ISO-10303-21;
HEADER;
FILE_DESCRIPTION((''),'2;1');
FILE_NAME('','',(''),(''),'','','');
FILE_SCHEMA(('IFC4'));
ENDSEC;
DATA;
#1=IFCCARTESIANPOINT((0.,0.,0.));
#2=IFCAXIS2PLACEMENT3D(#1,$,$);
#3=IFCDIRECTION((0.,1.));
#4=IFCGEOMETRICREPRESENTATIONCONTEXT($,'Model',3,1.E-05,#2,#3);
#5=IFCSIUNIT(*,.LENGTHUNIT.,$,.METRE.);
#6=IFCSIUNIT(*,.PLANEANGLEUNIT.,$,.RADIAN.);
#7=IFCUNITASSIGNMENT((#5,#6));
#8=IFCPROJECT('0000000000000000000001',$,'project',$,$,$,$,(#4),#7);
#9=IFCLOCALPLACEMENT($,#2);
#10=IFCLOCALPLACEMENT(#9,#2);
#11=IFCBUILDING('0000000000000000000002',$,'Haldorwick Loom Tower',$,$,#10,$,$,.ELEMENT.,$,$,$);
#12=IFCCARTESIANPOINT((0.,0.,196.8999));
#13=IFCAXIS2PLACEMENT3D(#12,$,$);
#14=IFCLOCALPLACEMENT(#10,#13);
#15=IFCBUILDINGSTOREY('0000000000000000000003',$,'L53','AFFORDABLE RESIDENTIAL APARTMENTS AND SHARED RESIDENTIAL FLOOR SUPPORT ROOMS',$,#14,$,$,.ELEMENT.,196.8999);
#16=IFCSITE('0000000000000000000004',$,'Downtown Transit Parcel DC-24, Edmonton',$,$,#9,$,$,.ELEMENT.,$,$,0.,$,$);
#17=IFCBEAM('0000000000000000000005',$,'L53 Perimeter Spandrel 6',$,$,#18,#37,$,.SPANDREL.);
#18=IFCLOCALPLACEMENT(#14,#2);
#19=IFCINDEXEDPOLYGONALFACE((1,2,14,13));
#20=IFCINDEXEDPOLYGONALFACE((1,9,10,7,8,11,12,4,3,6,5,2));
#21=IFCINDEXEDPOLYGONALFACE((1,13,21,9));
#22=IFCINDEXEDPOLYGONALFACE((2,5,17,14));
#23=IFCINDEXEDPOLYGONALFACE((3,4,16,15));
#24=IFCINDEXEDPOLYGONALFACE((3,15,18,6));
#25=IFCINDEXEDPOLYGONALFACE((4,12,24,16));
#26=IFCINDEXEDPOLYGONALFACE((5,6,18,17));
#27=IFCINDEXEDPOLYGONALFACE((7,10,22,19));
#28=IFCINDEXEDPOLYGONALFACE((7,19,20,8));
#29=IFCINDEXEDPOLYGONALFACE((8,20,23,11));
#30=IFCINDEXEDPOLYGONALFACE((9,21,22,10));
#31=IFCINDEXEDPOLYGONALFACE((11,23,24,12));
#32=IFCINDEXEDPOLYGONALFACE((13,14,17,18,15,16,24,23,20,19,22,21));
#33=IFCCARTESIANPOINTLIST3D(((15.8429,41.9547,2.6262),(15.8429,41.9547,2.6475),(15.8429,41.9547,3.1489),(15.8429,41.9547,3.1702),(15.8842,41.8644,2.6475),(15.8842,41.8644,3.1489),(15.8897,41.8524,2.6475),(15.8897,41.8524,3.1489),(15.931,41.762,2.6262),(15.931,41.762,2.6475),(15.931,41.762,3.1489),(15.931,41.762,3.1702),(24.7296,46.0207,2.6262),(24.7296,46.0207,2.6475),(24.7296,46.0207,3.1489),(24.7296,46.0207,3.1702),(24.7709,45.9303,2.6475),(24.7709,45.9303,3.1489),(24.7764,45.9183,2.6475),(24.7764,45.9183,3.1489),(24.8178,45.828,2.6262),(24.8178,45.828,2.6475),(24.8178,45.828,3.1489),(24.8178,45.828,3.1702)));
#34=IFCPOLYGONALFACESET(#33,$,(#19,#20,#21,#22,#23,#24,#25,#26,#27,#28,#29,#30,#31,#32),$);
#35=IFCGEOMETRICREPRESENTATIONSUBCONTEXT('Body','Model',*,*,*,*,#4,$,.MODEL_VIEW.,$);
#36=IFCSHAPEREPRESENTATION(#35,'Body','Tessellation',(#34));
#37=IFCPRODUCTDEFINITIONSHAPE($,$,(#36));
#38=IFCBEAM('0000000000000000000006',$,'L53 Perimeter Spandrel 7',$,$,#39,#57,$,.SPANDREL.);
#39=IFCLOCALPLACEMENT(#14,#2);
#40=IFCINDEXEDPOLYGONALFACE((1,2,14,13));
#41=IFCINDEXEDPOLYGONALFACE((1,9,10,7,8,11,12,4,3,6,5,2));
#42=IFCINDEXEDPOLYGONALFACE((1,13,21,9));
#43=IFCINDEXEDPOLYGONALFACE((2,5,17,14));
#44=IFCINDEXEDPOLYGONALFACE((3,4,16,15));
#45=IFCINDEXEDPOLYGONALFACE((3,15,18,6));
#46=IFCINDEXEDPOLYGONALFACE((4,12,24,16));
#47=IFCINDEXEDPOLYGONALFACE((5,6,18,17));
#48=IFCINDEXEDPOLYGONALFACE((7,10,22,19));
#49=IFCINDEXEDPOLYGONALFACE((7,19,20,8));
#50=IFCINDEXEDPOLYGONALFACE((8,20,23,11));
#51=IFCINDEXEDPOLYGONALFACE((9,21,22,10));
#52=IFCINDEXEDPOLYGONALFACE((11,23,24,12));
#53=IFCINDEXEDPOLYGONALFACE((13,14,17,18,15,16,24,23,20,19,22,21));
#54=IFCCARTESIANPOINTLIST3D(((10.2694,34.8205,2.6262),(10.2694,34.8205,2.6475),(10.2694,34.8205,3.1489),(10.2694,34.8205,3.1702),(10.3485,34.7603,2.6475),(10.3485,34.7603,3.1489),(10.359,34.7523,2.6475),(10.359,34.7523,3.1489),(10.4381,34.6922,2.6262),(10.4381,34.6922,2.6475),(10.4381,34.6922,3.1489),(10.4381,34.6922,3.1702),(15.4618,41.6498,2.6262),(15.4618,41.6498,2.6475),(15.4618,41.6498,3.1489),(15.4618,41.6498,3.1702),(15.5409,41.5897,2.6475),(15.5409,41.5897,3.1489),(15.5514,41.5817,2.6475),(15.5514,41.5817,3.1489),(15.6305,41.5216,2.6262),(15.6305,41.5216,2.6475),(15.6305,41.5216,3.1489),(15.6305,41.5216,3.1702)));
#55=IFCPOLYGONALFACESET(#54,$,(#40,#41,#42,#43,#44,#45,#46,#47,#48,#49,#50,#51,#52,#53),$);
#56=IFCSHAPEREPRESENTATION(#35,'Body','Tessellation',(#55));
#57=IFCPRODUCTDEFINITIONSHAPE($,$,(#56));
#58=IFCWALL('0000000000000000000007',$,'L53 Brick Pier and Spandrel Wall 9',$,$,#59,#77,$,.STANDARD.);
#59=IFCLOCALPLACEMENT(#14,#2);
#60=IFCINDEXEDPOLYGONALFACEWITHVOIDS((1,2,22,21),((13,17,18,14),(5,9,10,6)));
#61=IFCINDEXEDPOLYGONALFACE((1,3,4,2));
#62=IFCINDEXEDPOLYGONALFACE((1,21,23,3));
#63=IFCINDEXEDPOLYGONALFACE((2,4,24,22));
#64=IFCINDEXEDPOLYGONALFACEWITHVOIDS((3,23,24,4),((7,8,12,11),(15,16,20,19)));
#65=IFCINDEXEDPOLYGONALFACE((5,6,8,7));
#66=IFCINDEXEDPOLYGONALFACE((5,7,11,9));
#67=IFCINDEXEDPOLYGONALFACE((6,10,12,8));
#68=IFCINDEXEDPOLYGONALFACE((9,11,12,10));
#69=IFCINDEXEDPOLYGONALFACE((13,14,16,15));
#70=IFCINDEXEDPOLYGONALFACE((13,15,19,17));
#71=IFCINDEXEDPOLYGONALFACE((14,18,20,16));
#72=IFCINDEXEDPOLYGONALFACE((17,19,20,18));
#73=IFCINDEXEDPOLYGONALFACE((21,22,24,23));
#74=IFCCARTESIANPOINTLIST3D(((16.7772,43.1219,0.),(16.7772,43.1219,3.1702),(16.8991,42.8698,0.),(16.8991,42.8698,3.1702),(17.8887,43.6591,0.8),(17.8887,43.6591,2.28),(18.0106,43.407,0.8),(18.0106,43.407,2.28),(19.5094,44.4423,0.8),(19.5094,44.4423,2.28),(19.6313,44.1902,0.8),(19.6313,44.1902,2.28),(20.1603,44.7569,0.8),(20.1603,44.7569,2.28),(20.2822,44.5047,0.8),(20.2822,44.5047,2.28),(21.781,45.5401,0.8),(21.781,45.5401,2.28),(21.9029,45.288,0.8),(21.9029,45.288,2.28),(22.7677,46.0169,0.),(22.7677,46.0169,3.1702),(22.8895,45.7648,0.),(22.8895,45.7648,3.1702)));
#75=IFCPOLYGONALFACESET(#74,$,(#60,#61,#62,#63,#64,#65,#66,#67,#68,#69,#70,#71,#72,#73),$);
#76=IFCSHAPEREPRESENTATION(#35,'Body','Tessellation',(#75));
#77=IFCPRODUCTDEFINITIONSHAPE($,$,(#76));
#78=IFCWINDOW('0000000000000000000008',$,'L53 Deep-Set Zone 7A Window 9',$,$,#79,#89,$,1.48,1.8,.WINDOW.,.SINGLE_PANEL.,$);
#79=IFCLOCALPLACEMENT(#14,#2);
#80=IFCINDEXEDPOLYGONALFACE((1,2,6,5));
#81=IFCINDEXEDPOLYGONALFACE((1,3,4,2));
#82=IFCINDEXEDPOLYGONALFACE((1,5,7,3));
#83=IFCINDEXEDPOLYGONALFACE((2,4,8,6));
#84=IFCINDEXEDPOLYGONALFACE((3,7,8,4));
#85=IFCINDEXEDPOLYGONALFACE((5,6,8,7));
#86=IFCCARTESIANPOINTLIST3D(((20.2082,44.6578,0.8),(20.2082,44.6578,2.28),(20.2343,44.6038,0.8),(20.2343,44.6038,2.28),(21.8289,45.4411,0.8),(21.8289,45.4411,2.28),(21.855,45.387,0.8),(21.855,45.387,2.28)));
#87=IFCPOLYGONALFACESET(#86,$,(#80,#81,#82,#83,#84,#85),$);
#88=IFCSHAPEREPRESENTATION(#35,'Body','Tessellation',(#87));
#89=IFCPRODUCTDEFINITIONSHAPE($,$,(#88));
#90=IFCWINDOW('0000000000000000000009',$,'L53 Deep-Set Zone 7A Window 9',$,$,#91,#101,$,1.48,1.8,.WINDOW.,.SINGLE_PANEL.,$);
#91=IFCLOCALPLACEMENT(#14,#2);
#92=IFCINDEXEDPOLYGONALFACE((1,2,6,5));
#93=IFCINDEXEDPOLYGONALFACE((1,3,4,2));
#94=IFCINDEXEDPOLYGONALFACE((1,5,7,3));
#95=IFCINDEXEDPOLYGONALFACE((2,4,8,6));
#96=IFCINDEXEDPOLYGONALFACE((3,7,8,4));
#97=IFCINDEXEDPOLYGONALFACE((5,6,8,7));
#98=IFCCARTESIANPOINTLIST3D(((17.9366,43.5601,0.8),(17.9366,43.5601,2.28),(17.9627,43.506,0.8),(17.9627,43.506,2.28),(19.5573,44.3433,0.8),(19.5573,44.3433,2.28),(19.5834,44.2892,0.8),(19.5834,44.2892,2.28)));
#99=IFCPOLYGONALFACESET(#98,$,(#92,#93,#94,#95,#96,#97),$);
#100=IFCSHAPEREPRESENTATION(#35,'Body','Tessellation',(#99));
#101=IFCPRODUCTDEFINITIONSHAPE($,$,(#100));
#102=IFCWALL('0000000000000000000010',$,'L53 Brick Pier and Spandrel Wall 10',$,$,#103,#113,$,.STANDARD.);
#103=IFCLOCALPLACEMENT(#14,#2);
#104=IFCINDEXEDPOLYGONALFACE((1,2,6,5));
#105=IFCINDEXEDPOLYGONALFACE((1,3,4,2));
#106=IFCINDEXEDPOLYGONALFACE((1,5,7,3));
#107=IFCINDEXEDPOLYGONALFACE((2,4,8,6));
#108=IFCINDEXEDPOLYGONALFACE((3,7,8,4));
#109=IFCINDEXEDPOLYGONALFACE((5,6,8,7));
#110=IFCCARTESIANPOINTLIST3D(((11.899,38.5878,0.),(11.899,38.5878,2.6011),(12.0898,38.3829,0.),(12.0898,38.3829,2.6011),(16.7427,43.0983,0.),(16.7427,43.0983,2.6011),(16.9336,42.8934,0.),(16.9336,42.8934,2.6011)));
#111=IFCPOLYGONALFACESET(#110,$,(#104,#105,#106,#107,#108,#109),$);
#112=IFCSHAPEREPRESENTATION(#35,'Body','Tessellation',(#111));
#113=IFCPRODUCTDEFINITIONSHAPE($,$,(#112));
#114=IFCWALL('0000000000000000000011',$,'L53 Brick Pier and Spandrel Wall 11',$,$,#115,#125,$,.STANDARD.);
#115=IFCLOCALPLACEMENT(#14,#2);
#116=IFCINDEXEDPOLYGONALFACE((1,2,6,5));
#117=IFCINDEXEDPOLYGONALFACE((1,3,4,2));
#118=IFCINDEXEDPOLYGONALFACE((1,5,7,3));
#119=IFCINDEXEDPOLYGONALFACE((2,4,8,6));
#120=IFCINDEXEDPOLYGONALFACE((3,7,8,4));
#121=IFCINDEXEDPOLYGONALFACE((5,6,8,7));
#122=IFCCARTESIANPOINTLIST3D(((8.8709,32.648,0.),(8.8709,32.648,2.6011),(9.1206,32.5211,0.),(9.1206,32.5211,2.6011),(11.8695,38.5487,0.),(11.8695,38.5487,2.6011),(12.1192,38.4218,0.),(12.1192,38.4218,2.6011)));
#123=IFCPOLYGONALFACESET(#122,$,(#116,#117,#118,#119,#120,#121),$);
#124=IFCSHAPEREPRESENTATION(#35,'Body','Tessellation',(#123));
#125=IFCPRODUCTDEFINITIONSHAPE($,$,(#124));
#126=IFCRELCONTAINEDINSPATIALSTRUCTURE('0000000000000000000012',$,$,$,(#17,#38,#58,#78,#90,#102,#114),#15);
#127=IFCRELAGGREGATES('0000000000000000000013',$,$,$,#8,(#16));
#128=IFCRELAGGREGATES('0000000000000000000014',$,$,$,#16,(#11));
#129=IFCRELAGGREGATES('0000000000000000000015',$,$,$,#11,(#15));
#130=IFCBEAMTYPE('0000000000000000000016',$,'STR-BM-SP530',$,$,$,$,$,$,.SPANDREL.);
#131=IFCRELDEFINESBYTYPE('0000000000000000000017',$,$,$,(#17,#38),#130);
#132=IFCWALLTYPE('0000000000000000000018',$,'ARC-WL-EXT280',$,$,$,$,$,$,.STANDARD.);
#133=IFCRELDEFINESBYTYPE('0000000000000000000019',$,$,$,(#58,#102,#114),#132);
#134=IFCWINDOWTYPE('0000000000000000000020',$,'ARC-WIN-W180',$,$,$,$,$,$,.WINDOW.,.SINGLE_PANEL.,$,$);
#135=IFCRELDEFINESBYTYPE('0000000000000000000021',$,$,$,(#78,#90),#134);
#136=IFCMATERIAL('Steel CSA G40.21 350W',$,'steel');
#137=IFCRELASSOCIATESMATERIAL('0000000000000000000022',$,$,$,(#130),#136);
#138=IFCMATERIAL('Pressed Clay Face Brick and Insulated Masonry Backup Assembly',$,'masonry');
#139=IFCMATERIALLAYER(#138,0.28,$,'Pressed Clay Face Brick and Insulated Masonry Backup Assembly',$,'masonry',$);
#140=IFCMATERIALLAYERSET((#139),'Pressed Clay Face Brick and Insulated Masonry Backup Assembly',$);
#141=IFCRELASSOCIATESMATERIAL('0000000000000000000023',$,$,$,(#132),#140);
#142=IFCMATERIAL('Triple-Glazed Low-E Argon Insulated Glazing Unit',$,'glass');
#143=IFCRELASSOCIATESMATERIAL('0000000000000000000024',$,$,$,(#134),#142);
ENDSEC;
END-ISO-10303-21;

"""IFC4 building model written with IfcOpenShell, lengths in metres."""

from ifc_helpers import new_model, si_unit, direction, frame, frame_2d, origin, origin_2d, place, context, subcontext, project, spatial, rectangle, i_section, extrude, material, layer, layer_set, material_profile, profile_set, type_object, element, fill, save


model = new_model("IFC4")

# Units and contexts
model_context = context("Model", 3, precision=1e-05, world=origin(), true_north=direction((0.0, 1.0)))
body_context = subcontext(model_context, "Body", "Model", "MODEL_VIEW")
ifc_project = project(units=[si_unit("LENGTHUNIT", "METRE"), si_unit("PLANEANGLEUNIT", "RADIAN")], contexts=[model_context])

# Site, building, storey
site_placement = place(None, origin())
site = spatial("IfcSite", under=ifc_project, at=site_placement, Name="Downtown Transit Parcel DC-24, Edmonton", CompositionType="ELEMENT", RefElevation=0.0)
building_placement = place(site_placement, origin())
building = spatial("IfcBuilding", under=site, at=building_placement, Name="Haldorwick Loom Tower", CompositionType="ELEMENT")
storey_placement = place(building_placement, frame((0.0, 0.0, 196.8999)))
storey = spatial("IfcBuildingStorey", under=building, at=storey_placement, Name="L53", Description="AFFORDABLE RESIDENTIAL APARTMENTS AND SHARED RESIDENTIAL FLOOR SUPPORT ROOMS", CompositionType="ELEMENT", Elevation=196.8999)

# Shared definitions
ifc_material_1 = material(Name="Steel CSA G40.21 350W", Category="steel")

# Beams
ifc_material_profile_1 = material_profile(ifc_material_1, i_section(OverallWidth=0.2119, OverallDepth=0.5439, WebThickness=0.0132, FlangeThickness=0.0212, at=origin_2d()), Name="W530X123", Category="steel")
ifc_profile_set_1 = profile_set([ifc_material_profile_1], Name="Steel CSA G40.21 350W")
beam_type_1 = type_object("IfcBeamType", Name="STR-BM-SP530", PredefinedType="SPANDREL", material=ifc_profile_set_1)
beam_1_placement = place(storey_placement, frame((24.7737, 45.9243, 2.8982), z_axis=(-0.909342, -0.416049, 0.0), x_axis=(0.416049, -0.909342, 0.0)))
element("IfcBeam", 1, at=beam_1_placement, inside=storey, type_object=beam_type_1, Name="L53 Perimeter Spandrel 6", PredefinedType="SPANDREL", context=body_context, shape_type="SweptSolid", body=[
    extrude(i_section(OverallWidth=0.2119, OverallDepth=0.5439, WebThickness=0.0132, FlangeThickness=0.0212, at=origin_2d()), origin(), (0.0, 0.0, 1.0), 9.7727),
])
beam_2_placement = place(storey_placement, frame((15.5461, 41.5857, 2.8982), z_axis=(-0.605237, -0.796045, 0.0), x_axis=(0.796045, -0.605237, 0.0)))
element("IfcBeam", 2, at=beam_2_placement, inside=storey, type_object=beam_type_1, Name="L53 Perimeter Spandrel 7", PredefinedType="SPANDREL", context=body_context, shape_type="SweptSolid", body=[
    extrude(i_section(OverallWidth=0.2119, OverallDepth=0.5439, WebThickness=0.0132, FlangeThickness=0.0212, at=origin_2d()), origin(), (0.0, 0.0, 1.0), 8.5791),
])

# Wall, openings, windows
ifc_material_2 = material(Name="Pressed Clay Face Brick and Insulated Masonry Backup Assembly", Category="masonry")
ifc_layer_1 = layer(ifc_material_2, 0.28, Name="Pressed Clay Face Brick and Insulated Masonry Backup Assembly", Category="masonry")
ifc_layer_set_1 = layer_set([ifc_layer_1], Name="Pressed Clay Face Brick and Insulated Masonry Backup Assembly")
wall_type_1 = type_object("IfcWallType", Name="ARC-WL-EXT280", PredefinedType="STANDARD", material=ifc_layer_set_1)
wall_1_placement = place(storey_placement, frame((22.8286, 45.8909, 0.0), z_axis=(0.0, 0.0, 1.0), x_axis=(-0.900371, -0.435123, 0.0)))
wall_1 = element("IfcWall", 3, at=wall_1_placement, inside=storey, type_object=wall_type_1, Name="L53 Brick Pier and Spandrel Wall 9", PredefinedType="STANDARD", context=body_context, shape_type="SweptSolid", body=[
    extrude(rectangle(XDim=6.6533, YDim=0.28, at=frame_2d((3.3267, 0.0))), origin(), (0.0, 0.0, 1.0), 3.1702),
])
opening_1_placement = place(wall_1_placement, frame((1.0959, 0.0, 0.8)))
opening_1 = element("IfcOpeningElement", 4, at=opening_1_placement, cuts=wall_1, PredefinedType="OPENING", context=body_context, shape_type="SweptSolid", body=[
    extrude(rectangle(XDim=1.8, YDim=1.48, at=frame_2d((0.8999, 0.74))), frame((0.0, 0.1499, 0.0), z_axis=(0.0, -1.0, 0.0), x_axis=(1.0, 0.0, 0.0)), (0.0, 0.0, 1.0), 0.3),
])
opening_2_placement = place(wall_1_placement, frame((3.6189, 0.0, 0.8)))
opening_2 = element("IfcOpeningElement", 5, at=opening_2_placement, cuts=wall_1, PredefinedType="OPENING", context=body_context, shape_type="SweptSolid", body=[
    extrude(rectangle(XDim=1.8, YDim=1.48, at=frame_2d((0.8999, 0.74))), frame((0.0, 0.1499, 0.0), z_axis=(0.0, -1.0, 0.0), x_axis=(1.0, 0.0, 0.0)), (0.0, 0.0, 1.0), 0.3),
])
ifc_material_3 = material(Name="Triple-Glazed Low-E Argon Insulated Glazing Unit", Category="glass")
window_type = type_object("IfcWindowType", Name="ARC-WIN-W180", PartitioningType="SINGLE_PANEL", PredefinedType="WINDOW", material=ifc_material_3)
window_1_placement = place(opening_1_placement, origin())
window_1 = element("IfcWindow", 6, at=window_1_placement, inside=storey, type_object=window_type, Name="L53 Deep-Set Zone 7A Window 9", OverallHeight=1.48, OverallWidth=1.8, PartitioningType="SINGLE_PANEL", PredefinedType="WINDOW", context=body_context, shape_type="SweptSolid", body=[
    extrude(rectangle(XDim=1.8, YDim=1.48, at=frame_2d((0.8999, 0.74))), frame((0.0, 0.03, 0.0), z_axis=(0.0, -1.0, 0.0), x_axis=(1.0, 0.0, 0.0)), (0.0, 0.0, 1.0), 0.0601),
])
fill(opening_1, window_1)
window_2_placement = place(opening_2_placement, origin())
window_2 = element("IfcWindow", 7, at=window_2_placement, inside=storey, type_object=window_type, Name="L53 Deep-Set Zone 7A Window 9", OverallHeight=1.48, OverallWidth=1.8, PartitioningType="SINGLE_PANEL", PredefinedType="WINDOW", context=body_context, shape_type="SweptSolid", body=[
    extrude(rectangle(XDim=1.8, YDim=1.48, at=frame_2d((0.8999, 0.74))), frame((0.0, 0.03, 0.0), z_axis=(0.0, -1.0, 0.0), x_axis=(1.0, 0.0, 0.0)), (0.0, 0.0, 1.0), 0.0601),
])
fill(opening_2, window_2)

# Walls
wall_2_placement = place(storey_placement, frame((16.8381, 42.9958, 0.0), z_axis=(0.0, 0.0, 1.0), x_axis=(-0.731834, -0.681483, 0.0)))
element("IfcWall", 8, at=wall_2_placement, inside=storey, type_object=wall_type_1, Name="L53 Brick Pier and Spandrel Wall 10", PredefinedType="STANDARD", context=body_context, shape_type="SweptSolid", body=[
    extrude(rectangle(XDim=6.6187, YDim=0.28, at=frame_2d((3.3093, 0.0))), origin(), (0.0, 0.0, 1.0), 2.6011),
])
wall_3_placement = place(storey_placement, frame((11.9944, 38.4854, 0.0), z_axis=(0.0, 0.0, 1.0), x_axis=(-0.453032, -0.891494, 0.0)))
element("IfcWall", 9, at=wall_3_placement, inside=storey, type_object=wall_type_1, Name="L53 Brick Pier and Spandrel Wall 11", PredefinedType="STANDARD", context=body_context, shape_type="SweptSolid", body=[
    extrude(rectangle(XDim=6.6189, YDim=0.28, at=frame_2d((3.3096, 0.0))), origin(), (0.0, 0.0, 1.0), 2.6011),
])

save(model, "model.ifc")
